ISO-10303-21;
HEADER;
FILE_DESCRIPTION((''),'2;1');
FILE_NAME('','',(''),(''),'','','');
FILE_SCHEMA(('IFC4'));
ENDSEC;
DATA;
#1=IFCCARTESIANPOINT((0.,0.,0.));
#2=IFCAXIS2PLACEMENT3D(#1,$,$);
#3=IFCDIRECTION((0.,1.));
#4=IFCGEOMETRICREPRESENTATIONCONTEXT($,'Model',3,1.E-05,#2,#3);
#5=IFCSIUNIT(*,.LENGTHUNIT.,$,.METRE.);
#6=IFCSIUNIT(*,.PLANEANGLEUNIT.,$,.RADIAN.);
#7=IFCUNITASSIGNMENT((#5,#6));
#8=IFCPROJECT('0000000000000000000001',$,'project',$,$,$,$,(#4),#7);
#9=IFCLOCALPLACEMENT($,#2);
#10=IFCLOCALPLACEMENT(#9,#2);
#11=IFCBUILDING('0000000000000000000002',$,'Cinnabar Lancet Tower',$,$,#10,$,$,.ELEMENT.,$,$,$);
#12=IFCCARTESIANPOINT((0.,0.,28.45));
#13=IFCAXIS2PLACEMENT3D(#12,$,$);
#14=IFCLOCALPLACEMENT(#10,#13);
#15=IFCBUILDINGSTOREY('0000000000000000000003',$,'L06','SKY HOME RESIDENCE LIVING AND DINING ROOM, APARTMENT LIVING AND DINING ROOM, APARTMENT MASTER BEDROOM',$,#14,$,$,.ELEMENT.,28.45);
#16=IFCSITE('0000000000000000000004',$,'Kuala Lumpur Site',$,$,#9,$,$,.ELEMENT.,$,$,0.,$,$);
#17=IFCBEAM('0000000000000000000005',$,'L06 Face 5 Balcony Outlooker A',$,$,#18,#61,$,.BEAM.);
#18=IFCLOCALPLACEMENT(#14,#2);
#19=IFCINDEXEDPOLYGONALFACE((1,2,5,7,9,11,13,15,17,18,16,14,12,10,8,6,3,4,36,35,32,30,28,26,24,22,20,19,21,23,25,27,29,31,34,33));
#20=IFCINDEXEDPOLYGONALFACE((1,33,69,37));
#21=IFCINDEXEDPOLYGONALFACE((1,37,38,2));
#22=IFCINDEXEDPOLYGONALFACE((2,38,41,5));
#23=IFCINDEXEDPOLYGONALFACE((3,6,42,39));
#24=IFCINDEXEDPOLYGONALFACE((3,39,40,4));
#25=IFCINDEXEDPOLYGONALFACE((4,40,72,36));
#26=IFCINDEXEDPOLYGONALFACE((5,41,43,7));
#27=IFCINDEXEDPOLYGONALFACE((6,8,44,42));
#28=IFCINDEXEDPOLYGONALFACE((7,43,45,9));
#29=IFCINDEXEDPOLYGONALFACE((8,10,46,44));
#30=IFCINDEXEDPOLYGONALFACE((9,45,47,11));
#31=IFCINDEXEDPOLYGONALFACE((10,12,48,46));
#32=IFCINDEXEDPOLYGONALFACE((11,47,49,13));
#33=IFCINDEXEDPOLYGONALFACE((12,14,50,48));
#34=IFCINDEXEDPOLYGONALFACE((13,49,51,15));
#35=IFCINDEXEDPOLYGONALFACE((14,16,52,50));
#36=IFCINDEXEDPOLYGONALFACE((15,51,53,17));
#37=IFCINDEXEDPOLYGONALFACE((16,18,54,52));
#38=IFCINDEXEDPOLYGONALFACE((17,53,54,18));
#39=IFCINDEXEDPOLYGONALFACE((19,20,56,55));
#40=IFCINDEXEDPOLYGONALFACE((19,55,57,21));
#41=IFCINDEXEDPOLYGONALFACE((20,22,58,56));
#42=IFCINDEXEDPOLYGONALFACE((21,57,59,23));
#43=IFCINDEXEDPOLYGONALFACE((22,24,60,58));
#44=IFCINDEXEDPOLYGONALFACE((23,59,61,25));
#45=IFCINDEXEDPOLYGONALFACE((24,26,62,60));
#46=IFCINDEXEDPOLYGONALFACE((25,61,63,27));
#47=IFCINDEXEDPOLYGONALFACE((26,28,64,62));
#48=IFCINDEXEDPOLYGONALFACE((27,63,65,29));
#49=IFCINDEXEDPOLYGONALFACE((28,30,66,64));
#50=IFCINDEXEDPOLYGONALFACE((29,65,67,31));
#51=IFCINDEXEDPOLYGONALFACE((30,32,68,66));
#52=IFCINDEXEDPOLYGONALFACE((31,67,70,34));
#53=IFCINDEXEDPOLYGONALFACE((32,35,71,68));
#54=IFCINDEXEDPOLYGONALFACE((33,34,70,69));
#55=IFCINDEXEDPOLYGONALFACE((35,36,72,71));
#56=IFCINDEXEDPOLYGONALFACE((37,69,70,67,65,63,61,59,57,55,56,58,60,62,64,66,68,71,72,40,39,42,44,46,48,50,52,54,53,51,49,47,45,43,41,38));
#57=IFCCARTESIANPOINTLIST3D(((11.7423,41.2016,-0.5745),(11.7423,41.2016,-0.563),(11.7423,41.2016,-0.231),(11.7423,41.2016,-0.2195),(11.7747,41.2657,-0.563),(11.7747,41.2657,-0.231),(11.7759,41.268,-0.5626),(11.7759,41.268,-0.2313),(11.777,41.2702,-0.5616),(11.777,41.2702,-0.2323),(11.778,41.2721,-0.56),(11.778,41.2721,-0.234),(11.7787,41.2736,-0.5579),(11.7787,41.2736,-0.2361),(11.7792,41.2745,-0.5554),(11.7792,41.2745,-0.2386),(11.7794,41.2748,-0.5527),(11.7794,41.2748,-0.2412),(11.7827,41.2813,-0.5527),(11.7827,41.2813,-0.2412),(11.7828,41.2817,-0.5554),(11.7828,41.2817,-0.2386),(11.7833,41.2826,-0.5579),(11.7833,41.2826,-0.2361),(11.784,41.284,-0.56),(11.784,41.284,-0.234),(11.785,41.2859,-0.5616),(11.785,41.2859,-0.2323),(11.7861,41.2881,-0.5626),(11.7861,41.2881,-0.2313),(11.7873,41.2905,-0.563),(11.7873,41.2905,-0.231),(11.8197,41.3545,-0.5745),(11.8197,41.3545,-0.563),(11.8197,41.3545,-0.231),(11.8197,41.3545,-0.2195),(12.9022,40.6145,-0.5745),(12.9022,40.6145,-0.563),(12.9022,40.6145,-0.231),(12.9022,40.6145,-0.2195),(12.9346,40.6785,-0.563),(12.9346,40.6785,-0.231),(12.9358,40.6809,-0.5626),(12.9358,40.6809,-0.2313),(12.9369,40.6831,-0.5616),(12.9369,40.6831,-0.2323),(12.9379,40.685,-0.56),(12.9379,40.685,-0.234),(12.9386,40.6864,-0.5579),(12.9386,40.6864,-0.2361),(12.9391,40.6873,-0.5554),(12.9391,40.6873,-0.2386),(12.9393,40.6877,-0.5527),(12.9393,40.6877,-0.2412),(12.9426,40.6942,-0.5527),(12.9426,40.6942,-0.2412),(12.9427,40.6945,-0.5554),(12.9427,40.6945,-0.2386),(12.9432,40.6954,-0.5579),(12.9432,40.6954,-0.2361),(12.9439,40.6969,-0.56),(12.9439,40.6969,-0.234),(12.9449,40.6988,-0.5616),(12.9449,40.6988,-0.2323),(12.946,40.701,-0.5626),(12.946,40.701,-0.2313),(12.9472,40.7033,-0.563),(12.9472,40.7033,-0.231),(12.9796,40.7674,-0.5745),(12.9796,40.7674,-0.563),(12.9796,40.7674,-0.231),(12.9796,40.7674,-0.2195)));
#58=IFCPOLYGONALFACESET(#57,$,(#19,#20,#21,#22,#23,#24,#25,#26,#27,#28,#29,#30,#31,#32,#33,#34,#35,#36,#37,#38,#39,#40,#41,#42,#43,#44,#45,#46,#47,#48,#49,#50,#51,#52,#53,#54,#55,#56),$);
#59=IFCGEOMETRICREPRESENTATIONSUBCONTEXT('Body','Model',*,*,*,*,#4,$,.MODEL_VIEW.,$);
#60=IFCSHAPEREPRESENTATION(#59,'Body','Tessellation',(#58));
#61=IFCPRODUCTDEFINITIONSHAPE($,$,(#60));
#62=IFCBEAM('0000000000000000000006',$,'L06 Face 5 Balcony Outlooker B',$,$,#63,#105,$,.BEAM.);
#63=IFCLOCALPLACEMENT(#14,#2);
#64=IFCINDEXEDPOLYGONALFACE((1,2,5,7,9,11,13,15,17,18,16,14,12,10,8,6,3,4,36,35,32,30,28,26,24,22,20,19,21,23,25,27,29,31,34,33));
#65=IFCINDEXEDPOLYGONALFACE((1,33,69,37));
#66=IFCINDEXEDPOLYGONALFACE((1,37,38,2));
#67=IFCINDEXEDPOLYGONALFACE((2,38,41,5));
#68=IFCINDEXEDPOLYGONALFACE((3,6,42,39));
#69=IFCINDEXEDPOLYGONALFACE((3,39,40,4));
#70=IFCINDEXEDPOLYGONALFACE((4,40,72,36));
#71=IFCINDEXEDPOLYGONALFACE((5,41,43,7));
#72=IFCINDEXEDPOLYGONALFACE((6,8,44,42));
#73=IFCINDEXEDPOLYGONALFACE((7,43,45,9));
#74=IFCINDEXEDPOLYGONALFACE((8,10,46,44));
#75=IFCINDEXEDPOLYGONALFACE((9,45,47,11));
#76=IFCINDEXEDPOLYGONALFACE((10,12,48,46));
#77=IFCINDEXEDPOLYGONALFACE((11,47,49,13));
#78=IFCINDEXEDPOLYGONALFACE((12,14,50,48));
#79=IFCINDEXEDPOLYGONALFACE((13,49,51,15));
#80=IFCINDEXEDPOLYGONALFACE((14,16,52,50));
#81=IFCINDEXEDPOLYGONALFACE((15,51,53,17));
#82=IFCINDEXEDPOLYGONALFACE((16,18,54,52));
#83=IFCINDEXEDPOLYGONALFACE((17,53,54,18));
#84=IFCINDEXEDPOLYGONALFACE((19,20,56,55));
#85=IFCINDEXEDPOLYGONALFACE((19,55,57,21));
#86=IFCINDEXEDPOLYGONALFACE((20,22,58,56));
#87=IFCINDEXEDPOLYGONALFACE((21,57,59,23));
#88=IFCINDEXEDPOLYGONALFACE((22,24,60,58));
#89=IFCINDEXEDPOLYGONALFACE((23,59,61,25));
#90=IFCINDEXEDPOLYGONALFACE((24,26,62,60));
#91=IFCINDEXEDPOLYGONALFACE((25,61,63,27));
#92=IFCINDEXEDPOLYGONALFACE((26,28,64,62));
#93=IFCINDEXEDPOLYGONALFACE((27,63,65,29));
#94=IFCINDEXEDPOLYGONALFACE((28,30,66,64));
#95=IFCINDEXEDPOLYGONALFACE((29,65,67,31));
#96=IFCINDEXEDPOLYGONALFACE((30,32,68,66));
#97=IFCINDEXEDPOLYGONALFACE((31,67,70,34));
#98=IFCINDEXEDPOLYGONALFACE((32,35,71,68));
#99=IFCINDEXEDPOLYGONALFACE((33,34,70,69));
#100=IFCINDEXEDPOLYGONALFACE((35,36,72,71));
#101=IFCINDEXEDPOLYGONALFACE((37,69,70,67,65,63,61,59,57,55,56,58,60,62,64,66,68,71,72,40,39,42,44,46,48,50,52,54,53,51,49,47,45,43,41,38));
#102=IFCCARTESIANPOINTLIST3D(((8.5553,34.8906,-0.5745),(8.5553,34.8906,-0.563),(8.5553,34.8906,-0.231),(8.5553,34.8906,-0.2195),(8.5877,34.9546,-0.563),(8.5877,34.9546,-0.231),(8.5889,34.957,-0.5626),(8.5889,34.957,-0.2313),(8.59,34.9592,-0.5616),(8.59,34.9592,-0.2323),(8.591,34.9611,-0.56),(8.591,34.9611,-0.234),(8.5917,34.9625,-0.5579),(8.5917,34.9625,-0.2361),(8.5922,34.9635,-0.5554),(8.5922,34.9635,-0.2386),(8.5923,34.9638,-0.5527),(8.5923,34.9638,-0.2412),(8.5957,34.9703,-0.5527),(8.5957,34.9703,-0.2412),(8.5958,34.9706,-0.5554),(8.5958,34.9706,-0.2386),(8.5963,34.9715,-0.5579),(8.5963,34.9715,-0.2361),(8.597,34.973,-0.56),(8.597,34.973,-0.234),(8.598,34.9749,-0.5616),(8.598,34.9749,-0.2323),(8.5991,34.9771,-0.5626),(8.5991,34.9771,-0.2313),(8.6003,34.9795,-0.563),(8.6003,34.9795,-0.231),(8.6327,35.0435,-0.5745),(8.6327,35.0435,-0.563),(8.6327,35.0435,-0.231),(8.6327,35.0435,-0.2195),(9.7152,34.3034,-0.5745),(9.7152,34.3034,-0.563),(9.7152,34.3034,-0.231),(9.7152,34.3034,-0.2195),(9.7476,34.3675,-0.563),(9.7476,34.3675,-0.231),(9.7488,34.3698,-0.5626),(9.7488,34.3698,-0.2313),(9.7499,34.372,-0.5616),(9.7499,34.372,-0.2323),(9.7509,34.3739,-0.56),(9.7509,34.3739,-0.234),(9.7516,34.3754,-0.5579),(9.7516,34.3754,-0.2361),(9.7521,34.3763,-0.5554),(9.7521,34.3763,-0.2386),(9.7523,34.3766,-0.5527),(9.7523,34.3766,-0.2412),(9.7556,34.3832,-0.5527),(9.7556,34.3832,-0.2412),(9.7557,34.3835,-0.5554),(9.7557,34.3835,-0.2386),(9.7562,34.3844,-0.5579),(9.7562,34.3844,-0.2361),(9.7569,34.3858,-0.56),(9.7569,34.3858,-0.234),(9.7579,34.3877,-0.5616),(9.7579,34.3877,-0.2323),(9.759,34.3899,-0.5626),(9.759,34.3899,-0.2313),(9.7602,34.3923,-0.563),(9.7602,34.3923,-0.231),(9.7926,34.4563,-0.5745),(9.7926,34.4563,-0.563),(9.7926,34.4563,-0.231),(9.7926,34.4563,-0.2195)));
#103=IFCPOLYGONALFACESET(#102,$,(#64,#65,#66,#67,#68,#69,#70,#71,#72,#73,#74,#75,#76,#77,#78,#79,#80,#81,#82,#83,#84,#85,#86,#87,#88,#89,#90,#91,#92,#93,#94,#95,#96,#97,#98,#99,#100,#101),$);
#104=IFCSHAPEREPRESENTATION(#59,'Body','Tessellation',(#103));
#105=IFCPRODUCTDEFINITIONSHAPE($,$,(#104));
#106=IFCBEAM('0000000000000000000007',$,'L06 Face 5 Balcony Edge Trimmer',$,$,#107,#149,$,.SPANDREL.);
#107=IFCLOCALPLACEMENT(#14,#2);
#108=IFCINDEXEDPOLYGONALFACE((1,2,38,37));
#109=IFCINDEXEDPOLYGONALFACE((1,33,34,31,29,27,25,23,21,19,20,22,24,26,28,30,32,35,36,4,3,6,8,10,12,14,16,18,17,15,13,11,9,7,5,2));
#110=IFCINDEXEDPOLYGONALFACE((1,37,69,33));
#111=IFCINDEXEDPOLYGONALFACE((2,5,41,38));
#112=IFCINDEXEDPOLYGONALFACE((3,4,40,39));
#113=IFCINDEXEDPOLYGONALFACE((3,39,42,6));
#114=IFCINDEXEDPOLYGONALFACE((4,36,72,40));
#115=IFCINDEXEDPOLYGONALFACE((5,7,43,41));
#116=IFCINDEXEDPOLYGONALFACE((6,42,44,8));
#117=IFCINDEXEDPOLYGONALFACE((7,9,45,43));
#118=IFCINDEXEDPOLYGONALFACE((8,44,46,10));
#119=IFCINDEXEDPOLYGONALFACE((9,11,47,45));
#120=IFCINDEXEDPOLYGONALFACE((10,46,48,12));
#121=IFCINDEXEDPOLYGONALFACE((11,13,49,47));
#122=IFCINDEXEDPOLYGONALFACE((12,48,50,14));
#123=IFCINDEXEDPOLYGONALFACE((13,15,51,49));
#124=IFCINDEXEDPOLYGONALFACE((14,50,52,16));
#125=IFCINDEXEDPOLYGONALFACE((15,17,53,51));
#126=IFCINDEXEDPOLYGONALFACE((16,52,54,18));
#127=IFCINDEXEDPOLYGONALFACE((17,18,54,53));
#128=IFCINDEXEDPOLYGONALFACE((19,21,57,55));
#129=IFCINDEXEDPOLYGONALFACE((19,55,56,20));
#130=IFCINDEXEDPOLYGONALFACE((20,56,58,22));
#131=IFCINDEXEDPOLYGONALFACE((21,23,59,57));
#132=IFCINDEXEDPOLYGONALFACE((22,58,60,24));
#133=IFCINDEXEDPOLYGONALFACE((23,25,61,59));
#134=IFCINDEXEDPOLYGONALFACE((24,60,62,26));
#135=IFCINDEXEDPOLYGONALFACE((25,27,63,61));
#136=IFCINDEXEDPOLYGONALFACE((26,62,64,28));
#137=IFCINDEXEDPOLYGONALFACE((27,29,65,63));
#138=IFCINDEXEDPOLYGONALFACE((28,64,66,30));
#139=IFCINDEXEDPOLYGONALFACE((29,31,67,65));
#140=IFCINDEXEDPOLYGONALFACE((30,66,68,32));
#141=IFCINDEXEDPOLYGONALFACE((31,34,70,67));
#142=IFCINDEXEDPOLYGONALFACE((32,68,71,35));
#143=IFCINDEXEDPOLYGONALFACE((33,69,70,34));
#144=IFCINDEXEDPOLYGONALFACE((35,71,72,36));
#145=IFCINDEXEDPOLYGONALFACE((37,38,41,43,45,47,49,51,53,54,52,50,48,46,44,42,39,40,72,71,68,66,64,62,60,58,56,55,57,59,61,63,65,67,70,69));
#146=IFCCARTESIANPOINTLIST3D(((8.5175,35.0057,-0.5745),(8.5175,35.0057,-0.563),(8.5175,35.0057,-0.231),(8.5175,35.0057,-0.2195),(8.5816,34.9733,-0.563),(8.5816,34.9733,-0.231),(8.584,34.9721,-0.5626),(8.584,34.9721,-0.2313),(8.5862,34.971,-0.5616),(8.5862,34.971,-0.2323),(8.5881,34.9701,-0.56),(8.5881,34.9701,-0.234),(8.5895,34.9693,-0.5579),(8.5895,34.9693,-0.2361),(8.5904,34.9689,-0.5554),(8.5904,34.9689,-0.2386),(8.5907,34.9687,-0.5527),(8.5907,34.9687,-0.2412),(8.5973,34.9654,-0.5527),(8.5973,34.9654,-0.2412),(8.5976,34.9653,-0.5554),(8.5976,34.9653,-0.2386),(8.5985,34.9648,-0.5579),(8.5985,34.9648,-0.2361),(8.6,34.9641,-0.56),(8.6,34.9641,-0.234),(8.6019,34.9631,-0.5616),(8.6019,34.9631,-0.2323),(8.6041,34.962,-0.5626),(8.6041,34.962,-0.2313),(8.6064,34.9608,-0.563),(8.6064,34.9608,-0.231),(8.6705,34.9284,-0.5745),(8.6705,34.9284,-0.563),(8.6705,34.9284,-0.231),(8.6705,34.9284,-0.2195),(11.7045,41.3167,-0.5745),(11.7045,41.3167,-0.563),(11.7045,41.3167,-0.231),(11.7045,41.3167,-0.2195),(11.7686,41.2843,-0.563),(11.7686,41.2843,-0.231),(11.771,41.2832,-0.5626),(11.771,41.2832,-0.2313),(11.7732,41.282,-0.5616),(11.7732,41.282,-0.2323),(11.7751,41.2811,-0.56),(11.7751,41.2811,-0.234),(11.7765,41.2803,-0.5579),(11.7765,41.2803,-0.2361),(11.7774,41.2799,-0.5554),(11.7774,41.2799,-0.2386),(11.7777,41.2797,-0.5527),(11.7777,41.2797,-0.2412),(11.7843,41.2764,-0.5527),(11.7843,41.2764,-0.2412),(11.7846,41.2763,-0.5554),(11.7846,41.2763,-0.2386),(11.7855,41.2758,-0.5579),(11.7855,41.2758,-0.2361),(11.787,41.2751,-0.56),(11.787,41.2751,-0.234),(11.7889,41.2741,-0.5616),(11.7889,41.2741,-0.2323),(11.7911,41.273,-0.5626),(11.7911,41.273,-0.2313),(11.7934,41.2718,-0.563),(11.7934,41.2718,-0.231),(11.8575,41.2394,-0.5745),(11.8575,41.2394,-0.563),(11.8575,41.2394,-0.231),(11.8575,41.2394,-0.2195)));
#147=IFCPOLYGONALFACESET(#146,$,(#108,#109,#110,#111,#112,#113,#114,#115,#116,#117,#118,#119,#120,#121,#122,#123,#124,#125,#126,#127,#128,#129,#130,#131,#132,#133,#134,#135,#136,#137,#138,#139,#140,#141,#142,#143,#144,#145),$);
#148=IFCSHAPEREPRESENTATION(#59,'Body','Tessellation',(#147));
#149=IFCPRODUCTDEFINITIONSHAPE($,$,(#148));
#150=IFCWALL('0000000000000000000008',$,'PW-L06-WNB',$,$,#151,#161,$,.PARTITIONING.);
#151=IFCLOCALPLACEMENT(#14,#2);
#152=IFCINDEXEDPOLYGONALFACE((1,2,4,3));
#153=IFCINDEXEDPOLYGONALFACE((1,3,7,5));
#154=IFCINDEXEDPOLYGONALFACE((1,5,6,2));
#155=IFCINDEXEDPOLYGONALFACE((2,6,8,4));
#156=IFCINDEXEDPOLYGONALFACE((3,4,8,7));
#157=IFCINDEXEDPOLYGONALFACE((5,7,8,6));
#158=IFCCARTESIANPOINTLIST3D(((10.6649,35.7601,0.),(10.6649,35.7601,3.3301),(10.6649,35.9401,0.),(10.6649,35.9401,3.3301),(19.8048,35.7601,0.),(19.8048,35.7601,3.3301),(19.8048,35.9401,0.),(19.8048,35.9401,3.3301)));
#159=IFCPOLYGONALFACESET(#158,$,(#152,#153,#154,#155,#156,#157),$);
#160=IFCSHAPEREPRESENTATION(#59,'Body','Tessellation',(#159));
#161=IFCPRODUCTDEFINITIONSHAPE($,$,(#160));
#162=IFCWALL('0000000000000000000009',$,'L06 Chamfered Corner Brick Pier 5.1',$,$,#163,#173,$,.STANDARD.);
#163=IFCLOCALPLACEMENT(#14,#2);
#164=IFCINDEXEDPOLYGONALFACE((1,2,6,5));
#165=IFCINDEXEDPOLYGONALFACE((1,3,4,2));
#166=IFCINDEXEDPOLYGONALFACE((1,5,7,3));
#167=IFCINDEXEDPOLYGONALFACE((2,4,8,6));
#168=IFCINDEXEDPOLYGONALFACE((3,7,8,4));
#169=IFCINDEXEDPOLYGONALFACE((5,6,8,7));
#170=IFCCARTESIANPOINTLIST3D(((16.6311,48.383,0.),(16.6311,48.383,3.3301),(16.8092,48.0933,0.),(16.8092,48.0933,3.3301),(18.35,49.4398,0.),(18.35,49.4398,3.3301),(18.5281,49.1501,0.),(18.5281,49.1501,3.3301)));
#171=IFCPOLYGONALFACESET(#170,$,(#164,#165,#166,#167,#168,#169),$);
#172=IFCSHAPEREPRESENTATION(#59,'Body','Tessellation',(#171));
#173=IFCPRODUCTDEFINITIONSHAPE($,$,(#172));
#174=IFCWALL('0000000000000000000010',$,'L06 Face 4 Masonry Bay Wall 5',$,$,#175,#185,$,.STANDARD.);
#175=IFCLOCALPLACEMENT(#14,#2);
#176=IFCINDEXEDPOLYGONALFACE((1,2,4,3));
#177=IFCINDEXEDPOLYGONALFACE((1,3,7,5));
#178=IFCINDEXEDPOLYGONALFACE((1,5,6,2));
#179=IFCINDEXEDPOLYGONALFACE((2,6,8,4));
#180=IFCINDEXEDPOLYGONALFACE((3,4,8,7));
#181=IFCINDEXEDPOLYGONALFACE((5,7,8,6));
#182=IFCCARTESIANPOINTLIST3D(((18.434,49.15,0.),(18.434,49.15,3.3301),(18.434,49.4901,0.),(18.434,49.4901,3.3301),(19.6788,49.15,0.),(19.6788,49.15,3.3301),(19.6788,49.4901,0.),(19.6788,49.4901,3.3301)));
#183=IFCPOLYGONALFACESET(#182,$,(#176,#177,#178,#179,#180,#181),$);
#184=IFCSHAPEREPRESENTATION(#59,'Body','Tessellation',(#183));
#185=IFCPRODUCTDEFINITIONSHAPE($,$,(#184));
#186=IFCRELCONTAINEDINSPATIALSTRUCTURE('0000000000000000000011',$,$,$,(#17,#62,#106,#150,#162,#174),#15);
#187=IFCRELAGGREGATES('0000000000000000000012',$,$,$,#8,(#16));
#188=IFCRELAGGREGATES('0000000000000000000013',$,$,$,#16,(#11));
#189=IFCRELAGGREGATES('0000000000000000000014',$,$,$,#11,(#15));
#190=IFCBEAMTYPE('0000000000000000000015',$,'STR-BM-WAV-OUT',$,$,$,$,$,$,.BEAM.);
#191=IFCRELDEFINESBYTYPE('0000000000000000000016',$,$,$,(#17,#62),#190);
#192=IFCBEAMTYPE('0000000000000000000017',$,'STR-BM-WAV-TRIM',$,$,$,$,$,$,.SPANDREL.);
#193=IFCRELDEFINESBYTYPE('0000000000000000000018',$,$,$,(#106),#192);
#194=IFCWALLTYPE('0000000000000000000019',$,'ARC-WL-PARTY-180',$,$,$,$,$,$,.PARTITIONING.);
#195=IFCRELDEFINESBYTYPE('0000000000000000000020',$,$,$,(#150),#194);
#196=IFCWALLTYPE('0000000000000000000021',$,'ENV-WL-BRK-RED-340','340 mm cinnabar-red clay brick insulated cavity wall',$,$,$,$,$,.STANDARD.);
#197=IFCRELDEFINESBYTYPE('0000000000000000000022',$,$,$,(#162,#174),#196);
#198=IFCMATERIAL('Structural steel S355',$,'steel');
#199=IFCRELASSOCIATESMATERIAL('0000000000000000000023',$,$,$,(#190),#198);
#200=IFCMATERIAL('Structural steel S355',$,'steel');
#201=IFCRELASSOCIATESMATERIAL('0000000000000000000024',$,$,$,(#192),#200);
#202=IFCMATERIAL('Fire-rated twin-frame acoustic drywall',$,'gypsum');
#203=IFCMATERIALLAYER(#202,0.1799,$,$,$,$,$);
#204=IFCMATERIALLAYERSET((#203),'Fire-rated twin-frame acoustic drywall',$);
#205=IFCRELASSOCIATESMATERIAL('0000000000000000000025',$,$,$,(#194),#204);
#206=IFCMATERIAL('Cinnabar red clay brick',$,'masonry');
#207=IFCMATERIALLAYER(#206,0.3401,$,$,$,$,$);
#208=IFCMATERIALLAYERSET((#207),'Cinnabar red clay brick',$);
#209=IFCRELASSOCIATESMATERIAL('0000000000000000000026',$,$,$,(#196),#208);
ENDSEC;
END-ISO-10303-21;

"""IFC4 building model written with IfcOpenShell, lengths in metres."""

from ifc_helpers import new_model, si_unit, direction, frame, frame_2d, origin, origin_2d, place, context, subcontext, project, spatial, rectangle, i_section, extrude, material, layer, layer_set, material_profile, profile_set, type_object, element, save


model = new_model("IFC4")

# Units and contexts
model_context = context("Model", 3, precision=1e-05, world=origin(), true_north=direction((0.0, 1.0)))
body_context = subcontext(model_context, "Body", "Model", "MODEL_VIEW")
ifc_project = project(units=[si_unit("LENGTHUNIT", "METRE"), si_unit("PLANEANGLEUNIT", "RADIAN")], contexts=[model_context])

# Site, building, storey
site_placement = place(None, origin())
site = spatial("IfcSite", under=ifc_project, at=site_placement, Name="Kuala Lumpur Site", CompositionType="ELEMENT", RefElevation=0.0)
building_placement = place(site_placement, origin())
building = spatial("IfcBuilding", under=site, at=building_placement, Name="Cinnabar Lancet Tower", CompositionType="ELEMENT")
storey_placement = place(building_placement, frame((0.0, 0.0, 28.45)))
storey = spatial("IfcBuildingStorey", under=building, at=storey_placement, Name="L06", Description="SKY HOME RESIDENCE LIVING AND DINING ROOM, APARTMENT LIVING AND DINING ROOM, APARTMENT MASTER BEDROOM", CompositionType="ELEMENT", Elevation=28.45)

# Beams
ifc_material_1 = material(Name="Structural steel S355", Category="steel")
ifc_material_profile_1 = material_profile(ifc_material_1, i_section(OverallWidth=0.1714, OverallDepth=0.355, WebThickness=0.0073, FlangeThickness=0.0115, FilletRadius=0.0103, at=origin_2d()), Name="UKB 356x171x51")
ifc_profile_set_1 = profile_set([ifc_material_profile_1], Name="Structural steel S355")
beam_type_1 = type_object("IfcBeamType", Name="STR-BM-WAV-OUT", PredefinedType="BEAM", material=ifc_profile_set_1)
for number, where, z_axis, x_axis, name in (
    (1, (12.9409, 40.6909, -0.397), (-0.8922, 0.45164, 0.0), (-0.45164, -0.8922, 0.0), "L06 Face 5 Balcony Outlooker A"),
    (2, (9.7539, 34.3799, -0.397), (-0.8922, 0.45164, 0.0), (-0.45164, -0.8922, 0.0), "L06 Face 5 Balcony Outlooker B"),
):
    element("IfcBeam", number, at=place(storey_placement, frame(where, z_axis=z_axis, x_axis=x_axis)), inside=storey, type_object=beam_type_1, Name=name, PredefinedType="BEAM", context=body_context, shape_type="SweptSolid", body=[
        extrude(i_section(OverallWidth=0.1714, OverallDepth=0.355, WebThickness=0.0073, FlangeThickness=0.0115, FilletRadius=0.0103, at=origin_2d()), origin(), (0.0, 0.0, 1.0), 1.3),
    ])
ifc_material_2 = material(Name="Structural steel S355", Category="steel")
ifc_material_profile_2 = material_profile(ifc_material_2, i_section(OverallWidth=0.1714, OverallDepth=0.355, WebThickness=0.0073, FlangeThickness=0.0115, FilletRadius=0.0103, at=origin_2d()), Name="UKB 356x171x51")
ifc_profile_set_2 = profile_set([ifc_material_profile_2], Name="Structural steel S355")
beam_type_2 = type_object("IfcBeamType", Name="STR-BM-WAV-TRIM", PredefinedType="SPANDREL", material=ifc_profile_set_2)
beam_1_placement = place(storey_placement, frame((11.781, 41.2781, -0.397), z_axis=(-0.450774, -0.892638, 0.0), x_axis=(0.892638, -0.450774, 0.0)))
element("IfcBeam", 3, at=beam_1_placement, inside=storey, type_object=beam_type_2, Name="L06 Face 5 Balcony Edge Trimmer", PredefinedType="SPANDREL", context=body_context, shape_type="SweptSolid", body=[
    extrude(i_section(OverallWidth=0.1714, OverallDepth=0.355, WebThickness=0.0073, FlangeThickness=0.0115, FilletRadius=0.0103, at=origin_2d()), origin(), (0.0, 0.0, 1.0), 7.0701),
])

# Walls
ifc_material_3 = material(Name="Fire-rated twin-frame acoustic drywall", Category="gypsum")
ifc_layer_1 = layer(ifc_material_3, 0.1799)
ifc_layer_set_1 = layer_set([ifc_layer_1], Name="Fire-rated twin-frame acoustic drywall")
wall_type_1 = type_object("IfcWallType", Name="ARC-WL-PARTY-180", PredefinedType="PARTITIONING", material=ifc_layer_set_1)
wall_1_placement = place(storey_placement, frame((10.665, 35.8501, 0.0), z_axis=(0.0, 0.0, 1.0), x_axis=(1.0, 0.0, 0.0)))
element("IfcWall", 4, at=wall_1_placement, inside=storey, type_object=wall_type_1, Name="PW-L06-WNB", PredefinedType="PARTITIONING", context=body_context, shape_type="SweptSolid", body=[
    extrude(rectangle(XDim=9.1399, YDim=0.1799, at=frame_2d((4.5698, 0.0))), origin(), (0.0, 0.0, 1.0), 3.3301),
])
ifc_material_4 = material(Name="Cinnabar red clay brick", Category="masonry")
ifc_layer_2 = layer(ifc_material_4, 0.3401)
ifc_layer_set_2 = layer_set([ifc_layer_2], Name="Cinnabar red clay brick")
wall_type_2 = type_object("IfcWallType", Name="ENV-WL-BRK-RED-340", Description="340 mm cinnabar-red clay brick insulated cavity wall", PredefinedType="STANDARD", material=ifc_layer_set_2)
wall_2_placement = place(storey_placement, frame((18.439, 49.2949, 0.0), z_axis=(0.0, 0.0, 1.0), x_axis=(-0.85187, -0.523753, 0.0)))
element("IfcWall", 5, at=wall_2_placement, inside=storey, type_object=wall_type_2, Name="L06 Chamfered Corner Brick Pier 5.1", PredefinedType="STANDARD", context=body_context, shape_type="SweptSolid", body=[
    extrude(rectangle(XDim=2.0178, YDim=0.3401, at=frame_2d((1.0088, 0.0))), origin(), (0.0, 0.0, 1.0), 3.3301),
])
wall_3_placement = place(storey_placement, frame((19.679, 49.3201, 0.0), z_axis=(0.0, 0.0, 1.0), x_axis=(-1.0, 0.0, 0.0)))
element("IfcWall", 6, at=wall_3_placement, inside=storey, type_object=wall_type_2, Name="L06 Face 4 Masonry Bay Wall 5", PredefinedType="STANDARD", context=body_context, shape_type="SweptSolid", body=[
    extrude(rectangle(XDim=1.2449, YDim=0.3401, at=frame_2d((0.6226, 0.0))), origin(), (0.0, 0.0, 1.0), 3.3301),
])

save(model, "model.ifc")
